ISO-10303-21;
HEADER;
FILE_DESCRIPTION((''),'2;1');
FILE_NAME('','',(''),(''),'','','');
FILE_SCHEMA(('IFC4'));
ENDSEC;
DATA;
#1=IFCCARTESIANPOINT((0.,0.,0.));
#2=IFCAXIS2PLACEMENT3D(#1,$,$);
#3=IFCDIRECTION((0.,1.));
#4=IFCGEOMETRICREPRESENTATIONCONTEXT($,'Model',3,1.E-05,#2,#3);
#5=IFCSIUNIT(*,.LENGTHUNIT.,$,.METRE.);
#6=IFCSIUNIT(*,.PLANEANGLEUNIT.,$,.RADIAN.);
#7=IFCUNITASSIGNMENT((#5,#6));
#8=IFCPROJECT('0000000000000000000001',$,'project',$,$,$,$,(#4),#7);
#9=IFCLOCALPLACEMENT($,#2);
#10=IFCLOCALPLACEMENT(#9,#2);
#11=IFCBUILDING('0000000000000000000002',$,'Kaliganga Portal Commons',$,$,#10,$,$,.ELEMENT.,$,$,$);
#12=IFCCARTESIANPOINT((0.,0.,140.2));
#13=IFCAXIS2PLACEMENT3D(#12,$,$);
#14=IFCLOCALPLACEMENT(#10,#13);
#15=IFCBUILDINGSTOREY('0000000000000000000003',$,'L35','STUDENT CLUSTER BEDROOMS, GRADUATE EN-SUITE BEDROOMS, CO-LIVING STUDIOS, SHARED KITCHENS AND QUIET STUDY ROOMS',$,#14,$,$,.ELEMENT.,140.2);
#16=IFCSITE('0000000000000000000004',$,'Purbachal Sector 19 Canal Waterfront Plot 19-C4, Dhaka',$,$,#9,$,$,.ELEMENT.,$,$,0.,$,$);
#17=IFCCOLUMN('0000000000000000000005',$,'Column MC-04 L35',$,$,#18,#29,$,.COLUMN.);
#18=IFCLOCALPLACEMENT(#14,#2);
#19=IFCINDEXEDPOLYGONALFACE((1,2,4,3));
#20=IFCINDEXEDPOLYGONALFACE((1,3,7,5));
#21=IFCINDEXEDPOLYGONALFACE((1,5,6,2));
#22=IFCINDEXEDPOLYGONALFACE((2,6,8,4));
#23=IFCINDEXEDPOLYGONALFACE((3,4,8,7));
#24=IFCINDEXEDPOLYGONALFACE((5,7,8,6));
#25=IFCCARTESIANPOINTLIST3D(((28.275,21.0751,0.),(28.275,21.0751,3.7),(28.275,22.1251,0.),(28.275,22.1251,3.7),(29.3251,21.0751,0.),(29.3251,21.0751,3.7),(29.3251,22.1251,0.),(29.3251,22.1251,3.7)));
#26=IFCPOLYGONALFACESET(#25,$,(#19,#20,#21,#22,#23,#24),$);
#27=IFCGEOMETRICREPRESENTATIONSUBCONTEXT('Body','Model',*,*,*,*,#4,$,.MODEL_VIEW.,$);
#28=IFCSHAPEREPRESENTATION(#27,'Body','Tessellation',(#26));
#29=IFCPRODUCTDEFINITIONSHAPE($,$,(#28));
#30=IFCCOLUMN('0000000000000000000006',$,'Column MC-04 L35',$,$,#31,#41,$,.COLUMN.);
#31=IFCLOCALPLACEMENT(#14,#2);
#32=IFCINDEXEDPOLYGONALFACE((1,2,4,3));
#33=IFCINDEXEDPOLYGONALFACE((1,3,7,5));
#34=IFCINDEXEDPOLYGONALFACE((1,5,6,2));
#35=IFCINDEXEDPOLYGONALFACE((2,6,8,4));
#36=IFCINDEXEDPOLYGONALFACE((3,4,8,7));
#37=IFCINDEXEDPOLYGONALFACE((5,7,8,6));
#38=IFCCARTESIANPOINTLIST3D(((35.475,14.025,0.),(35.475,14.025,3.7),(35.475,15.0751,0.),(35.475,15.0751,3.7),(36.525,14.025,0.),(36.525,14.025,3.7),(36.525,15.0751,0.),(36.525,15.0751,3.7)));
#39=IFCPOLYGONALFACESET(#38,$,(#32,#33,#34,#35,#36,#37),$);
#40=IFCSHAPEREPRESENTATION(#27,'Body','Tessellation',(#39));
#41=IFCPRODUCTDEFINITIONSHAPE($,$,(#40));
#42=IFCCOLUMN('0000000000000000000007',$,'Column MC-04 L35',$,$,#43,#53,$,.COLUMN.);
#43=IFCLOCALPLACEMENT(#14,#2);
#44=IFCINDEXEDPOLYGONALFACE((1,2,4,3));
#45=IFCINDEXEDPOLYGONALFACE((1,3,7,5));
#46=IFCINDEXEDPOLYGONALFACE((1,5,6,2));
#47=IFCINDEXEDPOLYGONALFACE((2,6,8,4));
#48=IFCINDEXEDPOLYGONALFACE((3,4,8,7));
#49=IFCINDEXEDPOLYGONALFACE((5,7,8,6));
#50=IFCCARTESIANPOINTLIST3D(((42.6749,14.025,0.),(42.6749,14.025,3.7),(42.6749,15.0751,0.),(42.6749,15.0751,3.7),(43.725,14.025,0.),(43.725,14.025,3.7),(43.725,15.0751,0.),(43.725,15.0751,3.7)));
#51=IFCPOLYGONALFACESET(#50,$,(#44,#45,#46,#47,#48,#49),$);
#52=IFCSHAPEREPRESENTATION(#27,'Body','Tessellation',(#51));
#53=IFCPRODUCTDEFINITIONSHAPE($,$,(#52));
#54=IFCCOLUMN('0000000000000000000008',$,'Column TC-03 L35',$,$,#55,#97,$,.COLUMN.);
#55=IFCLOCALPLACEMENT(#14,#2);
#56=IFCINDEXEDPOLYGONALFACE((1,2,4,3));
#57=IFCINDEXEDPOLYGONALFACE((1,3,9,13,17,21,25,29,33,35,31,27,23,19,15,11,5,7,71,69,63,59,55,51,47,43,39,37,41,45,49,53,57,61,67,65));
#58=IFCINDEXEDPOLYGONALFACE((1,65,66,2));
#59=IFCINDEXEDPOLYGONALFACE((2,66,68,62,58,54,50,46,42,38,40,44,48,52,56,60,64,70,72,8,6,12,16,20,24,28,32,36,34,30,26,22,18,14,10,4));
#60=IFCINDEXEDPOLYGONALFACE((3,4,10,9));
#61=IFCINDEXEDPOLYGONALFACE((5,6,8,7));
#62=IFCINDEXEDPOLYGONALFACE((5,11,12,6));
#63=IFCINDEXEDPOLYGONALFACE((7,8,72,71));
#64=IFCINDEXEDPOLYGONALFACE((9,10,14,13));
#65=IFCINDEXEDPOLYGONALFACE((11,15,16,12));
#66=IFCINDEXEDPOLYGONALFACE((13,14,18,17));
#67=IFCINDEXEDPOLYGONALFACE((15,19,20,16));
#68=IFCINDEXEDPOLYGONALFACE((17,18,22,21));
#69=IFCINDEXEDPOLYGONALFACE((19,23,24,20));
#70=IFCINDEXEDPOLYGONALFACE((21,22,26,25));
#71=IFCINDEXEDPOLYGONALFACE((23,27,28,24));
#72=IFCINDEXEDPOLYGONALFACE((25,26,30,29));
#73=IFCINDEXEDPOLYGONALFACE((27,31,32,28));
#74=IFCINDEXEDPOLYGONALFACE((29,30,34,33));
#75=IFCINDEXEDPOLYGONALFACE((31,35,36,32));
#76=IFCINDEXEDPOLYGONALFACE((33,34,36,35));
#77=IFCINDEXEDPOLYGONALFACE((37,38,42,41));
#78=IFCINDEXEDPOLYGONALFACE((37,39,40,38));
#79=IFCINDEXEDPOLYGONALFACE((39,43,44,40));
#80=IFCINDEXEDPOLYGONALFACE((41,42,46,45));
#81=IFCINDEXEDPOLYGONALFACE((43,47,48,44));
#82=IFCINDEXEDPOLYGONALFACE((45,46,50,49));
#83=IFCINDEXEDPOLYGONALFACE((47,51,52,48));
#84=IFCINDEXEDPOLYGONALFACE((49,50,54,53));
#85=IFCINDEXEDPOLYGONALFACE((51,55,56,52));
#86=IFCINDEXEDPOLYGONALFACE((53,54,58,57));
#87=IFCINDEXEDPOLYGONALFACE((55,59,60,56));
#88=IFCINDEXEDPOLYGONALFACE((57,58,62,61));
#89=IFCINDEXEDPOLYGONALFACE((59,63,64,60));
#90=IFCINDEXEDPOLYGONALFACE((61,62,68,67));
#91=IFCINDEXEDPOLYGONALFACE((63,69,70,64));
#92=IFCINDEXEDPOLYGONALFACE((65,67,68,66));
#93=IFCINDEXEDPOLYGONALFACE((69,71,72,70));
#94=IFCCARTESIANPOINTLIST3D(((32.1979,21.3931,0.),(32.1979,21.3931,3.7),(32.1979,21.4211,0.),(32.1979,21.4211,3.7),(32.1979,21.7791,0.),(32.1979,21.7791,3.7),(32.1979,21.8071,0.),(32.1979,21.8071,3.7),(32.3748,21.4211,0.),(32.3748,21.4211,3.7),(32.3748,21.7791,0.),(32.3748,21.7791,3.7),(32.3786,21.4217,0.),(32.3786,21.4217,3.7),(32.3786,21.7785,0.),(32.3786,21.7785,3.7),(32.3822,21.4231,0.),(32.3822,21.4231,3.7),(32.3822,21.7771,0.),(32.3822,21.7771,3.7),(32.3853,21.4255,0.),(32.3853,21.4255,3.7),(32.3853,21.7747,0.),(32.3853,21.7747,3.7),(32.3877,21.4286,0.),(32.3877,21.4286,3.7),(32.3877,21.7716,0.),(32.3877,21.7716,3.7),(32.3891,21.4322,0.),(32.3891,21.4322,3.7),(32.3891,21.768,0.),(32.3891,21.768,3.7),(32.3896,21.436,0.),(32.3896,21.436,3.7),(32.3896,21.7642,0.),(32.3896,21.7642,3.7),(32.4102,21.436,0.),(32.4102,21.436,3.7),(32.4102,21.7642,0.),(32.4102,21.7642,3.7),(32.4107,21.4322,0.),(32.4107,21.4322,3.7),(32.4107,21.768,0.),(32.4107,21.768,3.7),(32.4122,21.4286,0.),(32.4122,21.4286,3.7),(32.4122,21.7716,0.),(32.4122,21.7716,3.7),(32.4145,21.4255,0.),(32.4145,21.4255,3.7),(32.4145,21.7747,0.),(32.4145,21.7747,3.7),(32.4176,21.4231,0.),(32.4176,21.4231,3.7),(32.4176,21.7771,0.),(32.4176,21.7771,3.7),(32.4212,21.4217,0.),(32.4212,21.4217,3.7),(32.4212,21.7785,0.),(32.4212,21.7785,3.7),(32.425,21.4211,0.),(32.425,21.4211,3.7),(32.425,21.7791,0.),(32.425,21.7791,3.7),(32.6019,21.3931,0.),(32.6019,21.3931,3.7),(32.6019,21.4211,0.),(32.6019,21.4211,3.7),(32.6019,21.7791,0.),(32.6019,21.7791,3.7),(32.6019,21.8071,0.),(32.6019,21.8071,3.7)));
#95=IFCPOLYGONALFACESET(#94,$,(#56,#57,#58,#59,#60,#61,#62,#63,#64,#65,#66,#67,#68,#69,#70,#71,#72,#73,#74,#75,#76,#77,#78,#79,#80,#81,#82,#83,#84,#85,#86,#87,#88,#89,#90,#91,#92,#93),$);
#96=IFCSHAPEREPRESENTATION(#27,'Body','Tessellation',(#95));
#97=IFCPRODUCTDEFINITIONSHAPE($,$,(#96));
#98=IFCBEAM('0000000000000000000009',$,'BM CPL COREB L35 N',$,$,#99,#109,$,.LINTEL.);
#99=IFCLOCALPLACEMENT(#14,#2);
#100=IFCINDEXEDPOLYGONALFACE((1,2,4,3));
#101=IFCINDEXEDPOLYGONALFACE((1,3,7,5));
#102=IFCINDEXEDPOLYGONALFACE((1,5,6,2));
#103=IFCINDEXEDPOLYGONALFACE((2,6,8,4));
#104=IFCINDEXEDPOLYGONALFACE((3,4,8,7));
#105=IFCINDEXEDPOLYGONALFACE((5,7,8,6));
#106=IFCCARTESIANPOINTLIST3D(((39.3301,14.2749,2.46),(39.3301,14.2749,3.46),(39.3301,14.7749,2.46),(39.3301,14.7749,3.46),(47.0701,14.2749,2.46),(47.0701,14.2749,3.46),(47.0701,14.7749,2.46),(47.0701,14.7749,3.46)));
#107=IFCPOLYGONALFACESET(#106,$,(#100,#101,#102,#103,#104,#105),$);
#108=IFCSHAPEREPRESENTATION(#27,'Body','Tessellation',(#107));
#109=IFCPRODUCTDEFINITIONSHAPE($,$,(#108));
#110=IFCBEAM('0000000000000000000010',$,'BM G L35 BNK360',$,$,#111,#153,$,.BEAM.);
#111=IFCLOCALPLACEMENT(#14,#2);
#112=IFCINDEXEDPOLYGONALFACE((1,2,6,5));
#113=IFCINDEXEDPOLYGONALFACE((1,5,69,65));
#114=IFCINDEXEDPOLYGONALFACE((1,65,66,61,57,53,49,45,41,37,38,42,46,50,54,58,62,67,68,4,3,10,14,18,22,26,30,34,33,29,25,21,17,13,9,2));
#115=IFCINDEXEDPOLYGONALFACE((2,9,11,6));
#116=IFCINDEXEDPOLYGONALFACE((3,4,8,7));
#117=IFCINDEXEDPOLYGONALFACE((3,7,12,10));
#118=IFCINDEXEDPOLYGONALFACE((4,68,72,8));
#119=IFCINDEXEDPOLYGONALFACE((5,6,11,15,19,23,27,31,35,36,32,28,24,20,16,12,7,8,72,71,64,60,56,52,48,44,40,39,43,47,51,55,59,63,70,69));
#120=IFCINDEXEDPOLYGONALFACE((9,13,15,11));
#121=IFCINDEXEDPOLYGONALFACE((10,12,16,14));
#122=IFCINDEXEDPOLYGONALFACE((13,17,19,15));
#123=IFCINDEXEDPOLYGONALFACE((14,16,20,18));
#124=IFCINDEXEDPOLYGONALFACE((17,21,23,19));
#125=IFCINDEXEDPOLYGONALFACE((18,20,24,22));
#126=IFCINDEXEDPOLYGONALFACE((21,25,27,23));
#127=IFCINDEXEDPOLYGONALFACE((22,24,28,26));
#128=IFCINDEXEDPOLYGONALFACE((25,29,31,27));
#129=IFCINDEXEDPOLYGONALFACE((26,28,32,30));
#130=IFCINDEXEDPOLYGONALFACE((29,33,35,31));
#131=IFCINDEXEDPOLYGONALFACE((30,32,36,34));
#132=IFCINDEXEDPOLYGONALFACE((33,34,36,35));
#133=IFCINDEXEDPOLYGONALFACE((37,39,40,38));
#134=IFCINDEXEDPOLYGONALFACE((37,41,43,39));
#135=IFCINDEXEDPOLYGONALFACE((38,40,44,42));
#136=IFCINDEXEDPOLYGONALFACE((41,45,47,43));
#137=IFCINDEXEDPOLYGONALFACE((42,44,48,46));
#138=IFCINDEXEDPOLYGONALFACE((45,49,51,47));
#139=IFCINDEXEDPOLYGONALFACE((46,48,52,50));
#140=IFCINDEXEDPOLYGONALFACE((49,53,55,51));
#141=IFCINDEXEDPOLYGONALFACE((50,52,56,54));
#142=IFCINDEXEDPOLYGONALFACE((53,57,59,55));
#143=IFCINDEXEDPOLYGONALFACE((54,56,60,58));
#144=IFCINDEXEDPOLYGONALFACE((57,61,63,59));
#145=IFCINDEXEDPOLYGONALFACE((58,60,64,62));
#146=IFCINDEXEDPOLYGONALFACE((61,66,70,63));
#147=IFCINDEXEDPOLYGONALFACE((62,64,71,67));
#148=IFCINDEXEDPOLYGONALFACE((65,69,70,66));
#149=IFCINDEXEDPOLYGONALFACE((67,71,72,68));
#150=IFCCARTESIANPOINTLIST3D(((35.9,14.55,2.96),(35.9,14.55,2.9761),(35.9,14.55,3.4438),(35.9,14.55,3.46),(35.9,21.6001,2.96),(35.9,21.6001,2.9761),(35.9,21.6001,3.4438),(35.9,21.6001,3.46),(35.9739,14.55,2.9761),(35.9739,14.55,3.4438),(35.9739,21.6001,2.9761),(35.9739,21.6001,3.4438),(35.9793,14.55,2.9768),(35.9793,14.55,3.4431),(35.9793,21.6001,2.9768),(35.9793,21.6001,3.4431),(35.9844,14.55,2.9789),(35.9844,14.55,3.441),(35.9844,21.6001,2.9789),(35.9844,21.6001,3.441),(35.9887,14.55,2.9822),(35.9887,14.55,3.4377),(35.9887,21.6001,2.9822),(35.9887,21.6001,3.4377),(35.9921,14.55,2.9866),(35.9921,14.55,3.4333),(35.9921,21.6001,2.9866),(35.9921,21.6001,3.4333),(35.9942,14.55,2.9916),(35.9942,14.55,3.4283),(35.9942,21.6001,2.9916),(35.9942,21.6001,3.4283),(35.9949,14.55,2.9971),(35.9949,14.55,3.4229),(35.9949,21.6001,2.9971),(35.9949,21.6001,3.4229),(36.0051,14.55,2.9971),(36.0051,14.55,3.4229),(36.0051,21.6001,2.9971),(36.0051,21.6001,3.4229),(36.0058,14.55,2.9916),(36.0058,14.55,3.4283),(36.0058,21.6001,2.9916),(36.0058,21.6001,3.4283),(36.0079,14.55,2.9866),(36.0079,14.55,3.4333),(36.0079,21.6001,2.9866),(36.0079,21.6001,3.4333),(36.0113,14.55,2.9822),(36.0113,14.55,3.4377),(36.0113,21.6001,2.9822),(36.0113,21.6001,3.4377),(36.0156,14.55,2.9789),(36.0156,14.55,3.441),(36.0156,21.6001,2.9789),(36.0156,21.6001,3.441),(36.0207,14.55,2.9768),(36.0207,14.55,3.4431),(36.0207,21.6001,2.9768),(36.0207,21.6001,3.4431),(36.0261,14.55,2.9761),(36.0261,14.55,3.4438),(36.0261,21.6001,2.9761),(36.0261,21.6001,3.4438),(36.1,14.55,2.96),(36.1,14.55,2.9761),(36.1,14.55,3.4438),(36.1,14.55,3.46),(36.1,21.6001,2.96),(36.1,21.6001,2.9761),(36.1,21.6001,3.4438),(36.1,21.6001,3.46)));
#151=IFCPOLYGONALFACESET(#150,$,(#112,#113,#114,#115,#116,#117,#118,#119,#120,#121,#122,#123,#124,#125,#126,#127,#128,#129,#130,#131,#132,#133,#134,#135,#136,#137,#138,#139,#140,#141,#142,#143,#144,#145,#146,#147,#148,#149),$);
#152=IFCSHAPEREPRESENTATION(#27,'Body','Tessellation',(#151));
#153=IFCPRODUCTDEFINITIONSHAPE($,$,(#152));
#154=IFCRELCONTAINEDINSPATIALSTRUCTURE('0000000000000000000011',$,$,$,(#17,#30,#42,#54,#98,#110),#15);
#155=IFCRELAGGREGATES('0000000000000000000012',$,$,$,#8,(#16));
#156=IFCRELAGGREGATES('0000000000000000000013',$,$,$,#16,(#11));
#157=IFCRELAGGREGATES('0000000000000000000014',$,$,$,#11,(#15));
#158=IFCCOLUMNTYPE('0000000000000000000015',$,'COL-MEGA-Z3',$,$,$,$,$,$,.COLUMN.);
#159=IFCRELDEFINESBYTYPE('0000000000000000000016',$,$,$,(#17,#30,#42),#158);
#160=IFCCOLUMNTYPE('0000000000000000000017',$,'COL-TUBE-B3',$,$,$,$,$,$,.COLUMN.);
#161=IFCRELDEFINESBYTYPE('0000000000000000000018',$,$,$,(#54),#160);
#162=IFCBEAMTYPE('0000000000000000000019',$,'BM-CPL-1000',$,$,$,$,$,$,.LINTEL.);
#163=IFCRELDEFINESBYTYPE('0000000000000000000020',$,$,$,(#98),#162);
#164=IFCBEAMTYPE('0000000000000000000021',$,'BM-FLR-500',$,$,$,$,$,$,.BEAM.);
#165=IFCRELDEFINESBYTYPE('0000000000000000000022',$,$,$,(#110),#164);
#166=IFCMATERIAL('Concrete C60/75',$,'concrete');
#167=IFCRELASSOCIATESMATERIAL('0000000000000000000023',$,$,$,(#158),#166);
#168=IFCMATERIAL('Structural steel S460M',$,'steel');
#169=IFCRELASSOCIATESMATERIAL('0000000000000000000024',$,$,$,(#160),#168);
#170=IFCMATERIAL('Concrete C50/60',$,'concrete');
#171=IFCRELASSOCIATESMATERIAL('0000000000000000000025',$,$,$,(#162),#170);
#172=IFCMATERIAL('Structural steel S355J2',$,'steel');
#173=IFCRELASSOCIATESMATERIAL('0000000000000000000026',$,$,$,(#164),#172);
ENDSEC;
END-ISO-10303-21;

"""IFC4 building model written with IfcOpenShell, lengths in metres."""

from ifc_helpers import new_model, si_unit, direction, frame, origin, origin_2d, place, context, subcontext, project, spatial, rectangle, i_section, extrude, source, transform, mapped, material, material_profile, profile_set, type_object, element, save


model = new_model("IFC4")

# Units and contexts
model_context = context("Model", 3, precision=1e-05, world=origin(), true_north=direction((0.0, 1.0)))
body_context = subcontext(model_context, "Body", "Model", "MODEL_VIEW")
ifc_project = project(units=[si_unit("LENGTHUNIT", "METRE"), si_unit("PLANEANGLEUNIT", "RADIAN")], contexts=[model_context])

# Site, building, storey
site_placement = place(None, origin())
site = spatial("IfcSite", under=ifc_project, at=site_placement, Name="Purbachal Sector 19 Canal Waterfront Plot 19-C4, Dhaka", CompositionType="ELEMENT", RefElevation=0.0)
building_placement = place(site_placement, origin())
building = spatial("IfcBuilding", under=site, at=building_placement, Name="Kaliganga Portal Commons", CompositionType="ELEMENT")
storey_placement = place(building_placement, frame((0.0, 0.0, 140.2)))
storey = spatial("IfcBuildingStorey", under=building, at=storey_placement, Name="L35", Description="STUDENT CLUSTER BEDROOMS, GRADUATE EN-SUITE BEDROOMS, CO-LIVING STUDIOS, SHARED KITCHENS AND QUIET STUDY ROOMS", CompositionType="ELEMENT", Elevation=140.2)

# Columns
ifc_material_1 = material(Name="Concrete C60/75", Category="concrete")
ifc_material_profile_1 = material_profile(ifc_material_1, rectangle(XDim=1.05, YDim=1.05, at=origin_2d()), Name="RC 1050x1050")
ifc_profile_set_1 = profile_set([ifc_material_profile_1], Name="Concrete C60/75")
column_type_1 = type_object("IfcColumnType", Name="COL-MEGA-Z3", PredefinedType="COLUMN", material=ifc_profile_set_1)
shared_shape_1 = source(origin(), body_context, "Body", "SweptSolid", [
    extrude(rectangle(XDim=1.05, YDim=1.05, at=origin_2d()), origin(), (0.0, 0.0, 1.0), 3.7),
])
for number, where, z_axis, x_axis, name in (
    (1, (28.8, 21.6001, 0.0), (0.0, 0.0, 1.0), (1.0, 0.0, 0.0), "Column MC-04 L35"),
    (2, (36.0, 14.55, 0.0), (0.0, 0.0, 1.0), (1.0, 0.0, 0.0), "Column MC-04 L35"),
    (3, (43.2, 14.55, 0.0), (0.0, 0.0, 1.0), (1.0, 0.0, 0.0), "Column MC-04 L35"),
):
    element("IfcColumn", number, at=place(storey_placement, frame(where, z_axis=z_axis, x_axis=x_axis)), inside=storey, type_object=column_type_1, Name=name, PredefinedType="COLUMN", context=body_context, shape_type="MappedRepresentation", body=[
        mapped(shared_shape_1, transform((0.0, 0.0, 0.0), x_axis=(1.0, 0.0, 0.0), y_axis=(0.0, 1.0, 0.0), z_axis=(0.0, 0.0, 1.0), scale=1.0)),
    ])
ifc_material_2 = material(Name="Structural steel S460M", Category="steel")
ifc_material_profile_2 = material_profile(ifc_material_2, i_section(OverallWidth=0.4041, OverallDepth=0.4141, WebThickness=0.0205, FlangeThickness=0.0281, FilletRadius=0.0149, at=origin_2d()), Name="HD 400x347")
ifc_profile_set_2 = profile_set([ifc_material_profile_2], Name="Structural steel S460M wide-flange")
column_type_2 = type_object("IfcColumnType", Name="COL-TUBE-B3", PredefinedType="COLUMN", material=ifc_profile_set_2)
shared_shape_2 = source(origin(), body_context, "Body", "SweptSolid", [
    extrude(i_section(OverallWidth=0.4041, OverallDepth=0.4141, WebThickness=0.0205, FlangeThickness=0.0281, FilletRadius=0.0149, at=origin_2d()), origin(), (0.0, 0.0, 1.0), 3.7),
])
column_placement = place(storey_placement, frame((32.3999, 21.6001, 0.0), z_axis=(0.0, 0.0, 1.0), x_axis=(1.0, 0.0, 0.0)))
element("IfcColumn", 4, at=column_placement, inside=storey, type_object=column_type_2, Name="Column TC-03 L35", PredefinedType="COLUMN", context=body_context, shape_type="MappedRepresentation", body=[
    mapped(shared_shape_2, transform((0.0, 0.0, 0.0), x_axis=(1.0, 0.0, 0.0), y_axis=(0.0, 1.0, 0.0), z_axis=(0.0, 0.0, 1.0), scale=1.0)),
])

# Beams
ifc_material_3 = material(Name="Concrete C50/60", Category="concrete")
ifc_material_profile_3 = material_profile(ifc_material_3, rectangle(XDim=0.5, YDim=1.0, at=origin_2d()), Name="RC 500x1000")
ifc_profile_set_3 = profile_set([ifc_material_profile_3], Name="Concrete C50/60")
beam_type_1 = type_object("IfcBeamType", Name="BM-CPL-1000", PredefinedType="LINTEL", material=ifc_profile_set_3)
shared_shape_3 = source(origin(), body_context, "Body", "SweptSolid", [
    extrude(rectangle(XDim=0.5, YDim=1.0, at=origin_2d()), origin(), (0.0, 0.0, 1.0), 7.74),
])
beam_1_placement = place(storey_placement, frame((39.3301, 14.5249, 2.96), z_axis=(1.0, 0.0, 0.0), x_axis=(0.0, 1.0, 0.0)))
element("IfcBeam", 5, at=beam_1_placement, inside=storey, type_object=beam_type_1, Name="BM CPL COREB L35 N", PredefinedType="LINTEL", context=body_context, shape_type="MappedRepresentation", body=[
    mapped(shared_shape_3, transform((0.0, 0.0, 0.0), x_axis=(1.0, 0.0, 0.0), y_axis=(0.0, 1.0, 0.0), z_axis=(0.0, 0.0, 1.0), scale=1.0)),
])
ifc_material_4 = material(Name="Structural steel S355J2", Category="steel")
ifc_material_profile_4 = material_profile(ifc_material_4, i_section(OverallWidth=0.2, OverallDepth=0.5, WebThickness=0.0103, FlangeThickness=0.0161, FilletRadius=0.021, at=origin_2d()), Name="IPE 500")
ifc_profile_set_4 = profile_set([ifc_material_profile_4], Name="Structural steel S355J2 wide-flange")
beam_type_2 = type_object("IfcBeamType", Name="BM-FLR-500", PredefinedType="BEAM", material=ifc_profile_set_4)
shared_shape_4 = source(origin(), body_context, "Body", "SweptSolid", [
    extrude(i_section(OverallWidth=0.2, OverallDepth=0.5, WebThickness=0.0103, FlangeThickness=0.0161, FilletRadius=0.021, at=origin_2d()), origin(), (0.0, 0.0, 1.0), 7.05),
])
beam_2_placement = place(storey_placement, frame((36.0, 14.55, 3.21), z_axis=(0.0, 1.0, 0.0), x_axis=(-1.0, 0.0, 0.0)))
element("IfcBeam", 6, at=beam_2_placement, inside=storey, type_object=beam_type_2, Name="BM G L35 BNK360", PredefinedType="BEAM", context=body_context, shape_type="MappedRepresentation", body=[
    mapped(shared_shape_4, transform((0.0, 0.0, 0.0), x_axis=(1.0, 0.0, 0.0), y_axis=(0.0, 1.0, 0.0), z_axis=(0.0, 0.0, 1.0), scale=1.0)),
])

save(model, "model.ifc")
